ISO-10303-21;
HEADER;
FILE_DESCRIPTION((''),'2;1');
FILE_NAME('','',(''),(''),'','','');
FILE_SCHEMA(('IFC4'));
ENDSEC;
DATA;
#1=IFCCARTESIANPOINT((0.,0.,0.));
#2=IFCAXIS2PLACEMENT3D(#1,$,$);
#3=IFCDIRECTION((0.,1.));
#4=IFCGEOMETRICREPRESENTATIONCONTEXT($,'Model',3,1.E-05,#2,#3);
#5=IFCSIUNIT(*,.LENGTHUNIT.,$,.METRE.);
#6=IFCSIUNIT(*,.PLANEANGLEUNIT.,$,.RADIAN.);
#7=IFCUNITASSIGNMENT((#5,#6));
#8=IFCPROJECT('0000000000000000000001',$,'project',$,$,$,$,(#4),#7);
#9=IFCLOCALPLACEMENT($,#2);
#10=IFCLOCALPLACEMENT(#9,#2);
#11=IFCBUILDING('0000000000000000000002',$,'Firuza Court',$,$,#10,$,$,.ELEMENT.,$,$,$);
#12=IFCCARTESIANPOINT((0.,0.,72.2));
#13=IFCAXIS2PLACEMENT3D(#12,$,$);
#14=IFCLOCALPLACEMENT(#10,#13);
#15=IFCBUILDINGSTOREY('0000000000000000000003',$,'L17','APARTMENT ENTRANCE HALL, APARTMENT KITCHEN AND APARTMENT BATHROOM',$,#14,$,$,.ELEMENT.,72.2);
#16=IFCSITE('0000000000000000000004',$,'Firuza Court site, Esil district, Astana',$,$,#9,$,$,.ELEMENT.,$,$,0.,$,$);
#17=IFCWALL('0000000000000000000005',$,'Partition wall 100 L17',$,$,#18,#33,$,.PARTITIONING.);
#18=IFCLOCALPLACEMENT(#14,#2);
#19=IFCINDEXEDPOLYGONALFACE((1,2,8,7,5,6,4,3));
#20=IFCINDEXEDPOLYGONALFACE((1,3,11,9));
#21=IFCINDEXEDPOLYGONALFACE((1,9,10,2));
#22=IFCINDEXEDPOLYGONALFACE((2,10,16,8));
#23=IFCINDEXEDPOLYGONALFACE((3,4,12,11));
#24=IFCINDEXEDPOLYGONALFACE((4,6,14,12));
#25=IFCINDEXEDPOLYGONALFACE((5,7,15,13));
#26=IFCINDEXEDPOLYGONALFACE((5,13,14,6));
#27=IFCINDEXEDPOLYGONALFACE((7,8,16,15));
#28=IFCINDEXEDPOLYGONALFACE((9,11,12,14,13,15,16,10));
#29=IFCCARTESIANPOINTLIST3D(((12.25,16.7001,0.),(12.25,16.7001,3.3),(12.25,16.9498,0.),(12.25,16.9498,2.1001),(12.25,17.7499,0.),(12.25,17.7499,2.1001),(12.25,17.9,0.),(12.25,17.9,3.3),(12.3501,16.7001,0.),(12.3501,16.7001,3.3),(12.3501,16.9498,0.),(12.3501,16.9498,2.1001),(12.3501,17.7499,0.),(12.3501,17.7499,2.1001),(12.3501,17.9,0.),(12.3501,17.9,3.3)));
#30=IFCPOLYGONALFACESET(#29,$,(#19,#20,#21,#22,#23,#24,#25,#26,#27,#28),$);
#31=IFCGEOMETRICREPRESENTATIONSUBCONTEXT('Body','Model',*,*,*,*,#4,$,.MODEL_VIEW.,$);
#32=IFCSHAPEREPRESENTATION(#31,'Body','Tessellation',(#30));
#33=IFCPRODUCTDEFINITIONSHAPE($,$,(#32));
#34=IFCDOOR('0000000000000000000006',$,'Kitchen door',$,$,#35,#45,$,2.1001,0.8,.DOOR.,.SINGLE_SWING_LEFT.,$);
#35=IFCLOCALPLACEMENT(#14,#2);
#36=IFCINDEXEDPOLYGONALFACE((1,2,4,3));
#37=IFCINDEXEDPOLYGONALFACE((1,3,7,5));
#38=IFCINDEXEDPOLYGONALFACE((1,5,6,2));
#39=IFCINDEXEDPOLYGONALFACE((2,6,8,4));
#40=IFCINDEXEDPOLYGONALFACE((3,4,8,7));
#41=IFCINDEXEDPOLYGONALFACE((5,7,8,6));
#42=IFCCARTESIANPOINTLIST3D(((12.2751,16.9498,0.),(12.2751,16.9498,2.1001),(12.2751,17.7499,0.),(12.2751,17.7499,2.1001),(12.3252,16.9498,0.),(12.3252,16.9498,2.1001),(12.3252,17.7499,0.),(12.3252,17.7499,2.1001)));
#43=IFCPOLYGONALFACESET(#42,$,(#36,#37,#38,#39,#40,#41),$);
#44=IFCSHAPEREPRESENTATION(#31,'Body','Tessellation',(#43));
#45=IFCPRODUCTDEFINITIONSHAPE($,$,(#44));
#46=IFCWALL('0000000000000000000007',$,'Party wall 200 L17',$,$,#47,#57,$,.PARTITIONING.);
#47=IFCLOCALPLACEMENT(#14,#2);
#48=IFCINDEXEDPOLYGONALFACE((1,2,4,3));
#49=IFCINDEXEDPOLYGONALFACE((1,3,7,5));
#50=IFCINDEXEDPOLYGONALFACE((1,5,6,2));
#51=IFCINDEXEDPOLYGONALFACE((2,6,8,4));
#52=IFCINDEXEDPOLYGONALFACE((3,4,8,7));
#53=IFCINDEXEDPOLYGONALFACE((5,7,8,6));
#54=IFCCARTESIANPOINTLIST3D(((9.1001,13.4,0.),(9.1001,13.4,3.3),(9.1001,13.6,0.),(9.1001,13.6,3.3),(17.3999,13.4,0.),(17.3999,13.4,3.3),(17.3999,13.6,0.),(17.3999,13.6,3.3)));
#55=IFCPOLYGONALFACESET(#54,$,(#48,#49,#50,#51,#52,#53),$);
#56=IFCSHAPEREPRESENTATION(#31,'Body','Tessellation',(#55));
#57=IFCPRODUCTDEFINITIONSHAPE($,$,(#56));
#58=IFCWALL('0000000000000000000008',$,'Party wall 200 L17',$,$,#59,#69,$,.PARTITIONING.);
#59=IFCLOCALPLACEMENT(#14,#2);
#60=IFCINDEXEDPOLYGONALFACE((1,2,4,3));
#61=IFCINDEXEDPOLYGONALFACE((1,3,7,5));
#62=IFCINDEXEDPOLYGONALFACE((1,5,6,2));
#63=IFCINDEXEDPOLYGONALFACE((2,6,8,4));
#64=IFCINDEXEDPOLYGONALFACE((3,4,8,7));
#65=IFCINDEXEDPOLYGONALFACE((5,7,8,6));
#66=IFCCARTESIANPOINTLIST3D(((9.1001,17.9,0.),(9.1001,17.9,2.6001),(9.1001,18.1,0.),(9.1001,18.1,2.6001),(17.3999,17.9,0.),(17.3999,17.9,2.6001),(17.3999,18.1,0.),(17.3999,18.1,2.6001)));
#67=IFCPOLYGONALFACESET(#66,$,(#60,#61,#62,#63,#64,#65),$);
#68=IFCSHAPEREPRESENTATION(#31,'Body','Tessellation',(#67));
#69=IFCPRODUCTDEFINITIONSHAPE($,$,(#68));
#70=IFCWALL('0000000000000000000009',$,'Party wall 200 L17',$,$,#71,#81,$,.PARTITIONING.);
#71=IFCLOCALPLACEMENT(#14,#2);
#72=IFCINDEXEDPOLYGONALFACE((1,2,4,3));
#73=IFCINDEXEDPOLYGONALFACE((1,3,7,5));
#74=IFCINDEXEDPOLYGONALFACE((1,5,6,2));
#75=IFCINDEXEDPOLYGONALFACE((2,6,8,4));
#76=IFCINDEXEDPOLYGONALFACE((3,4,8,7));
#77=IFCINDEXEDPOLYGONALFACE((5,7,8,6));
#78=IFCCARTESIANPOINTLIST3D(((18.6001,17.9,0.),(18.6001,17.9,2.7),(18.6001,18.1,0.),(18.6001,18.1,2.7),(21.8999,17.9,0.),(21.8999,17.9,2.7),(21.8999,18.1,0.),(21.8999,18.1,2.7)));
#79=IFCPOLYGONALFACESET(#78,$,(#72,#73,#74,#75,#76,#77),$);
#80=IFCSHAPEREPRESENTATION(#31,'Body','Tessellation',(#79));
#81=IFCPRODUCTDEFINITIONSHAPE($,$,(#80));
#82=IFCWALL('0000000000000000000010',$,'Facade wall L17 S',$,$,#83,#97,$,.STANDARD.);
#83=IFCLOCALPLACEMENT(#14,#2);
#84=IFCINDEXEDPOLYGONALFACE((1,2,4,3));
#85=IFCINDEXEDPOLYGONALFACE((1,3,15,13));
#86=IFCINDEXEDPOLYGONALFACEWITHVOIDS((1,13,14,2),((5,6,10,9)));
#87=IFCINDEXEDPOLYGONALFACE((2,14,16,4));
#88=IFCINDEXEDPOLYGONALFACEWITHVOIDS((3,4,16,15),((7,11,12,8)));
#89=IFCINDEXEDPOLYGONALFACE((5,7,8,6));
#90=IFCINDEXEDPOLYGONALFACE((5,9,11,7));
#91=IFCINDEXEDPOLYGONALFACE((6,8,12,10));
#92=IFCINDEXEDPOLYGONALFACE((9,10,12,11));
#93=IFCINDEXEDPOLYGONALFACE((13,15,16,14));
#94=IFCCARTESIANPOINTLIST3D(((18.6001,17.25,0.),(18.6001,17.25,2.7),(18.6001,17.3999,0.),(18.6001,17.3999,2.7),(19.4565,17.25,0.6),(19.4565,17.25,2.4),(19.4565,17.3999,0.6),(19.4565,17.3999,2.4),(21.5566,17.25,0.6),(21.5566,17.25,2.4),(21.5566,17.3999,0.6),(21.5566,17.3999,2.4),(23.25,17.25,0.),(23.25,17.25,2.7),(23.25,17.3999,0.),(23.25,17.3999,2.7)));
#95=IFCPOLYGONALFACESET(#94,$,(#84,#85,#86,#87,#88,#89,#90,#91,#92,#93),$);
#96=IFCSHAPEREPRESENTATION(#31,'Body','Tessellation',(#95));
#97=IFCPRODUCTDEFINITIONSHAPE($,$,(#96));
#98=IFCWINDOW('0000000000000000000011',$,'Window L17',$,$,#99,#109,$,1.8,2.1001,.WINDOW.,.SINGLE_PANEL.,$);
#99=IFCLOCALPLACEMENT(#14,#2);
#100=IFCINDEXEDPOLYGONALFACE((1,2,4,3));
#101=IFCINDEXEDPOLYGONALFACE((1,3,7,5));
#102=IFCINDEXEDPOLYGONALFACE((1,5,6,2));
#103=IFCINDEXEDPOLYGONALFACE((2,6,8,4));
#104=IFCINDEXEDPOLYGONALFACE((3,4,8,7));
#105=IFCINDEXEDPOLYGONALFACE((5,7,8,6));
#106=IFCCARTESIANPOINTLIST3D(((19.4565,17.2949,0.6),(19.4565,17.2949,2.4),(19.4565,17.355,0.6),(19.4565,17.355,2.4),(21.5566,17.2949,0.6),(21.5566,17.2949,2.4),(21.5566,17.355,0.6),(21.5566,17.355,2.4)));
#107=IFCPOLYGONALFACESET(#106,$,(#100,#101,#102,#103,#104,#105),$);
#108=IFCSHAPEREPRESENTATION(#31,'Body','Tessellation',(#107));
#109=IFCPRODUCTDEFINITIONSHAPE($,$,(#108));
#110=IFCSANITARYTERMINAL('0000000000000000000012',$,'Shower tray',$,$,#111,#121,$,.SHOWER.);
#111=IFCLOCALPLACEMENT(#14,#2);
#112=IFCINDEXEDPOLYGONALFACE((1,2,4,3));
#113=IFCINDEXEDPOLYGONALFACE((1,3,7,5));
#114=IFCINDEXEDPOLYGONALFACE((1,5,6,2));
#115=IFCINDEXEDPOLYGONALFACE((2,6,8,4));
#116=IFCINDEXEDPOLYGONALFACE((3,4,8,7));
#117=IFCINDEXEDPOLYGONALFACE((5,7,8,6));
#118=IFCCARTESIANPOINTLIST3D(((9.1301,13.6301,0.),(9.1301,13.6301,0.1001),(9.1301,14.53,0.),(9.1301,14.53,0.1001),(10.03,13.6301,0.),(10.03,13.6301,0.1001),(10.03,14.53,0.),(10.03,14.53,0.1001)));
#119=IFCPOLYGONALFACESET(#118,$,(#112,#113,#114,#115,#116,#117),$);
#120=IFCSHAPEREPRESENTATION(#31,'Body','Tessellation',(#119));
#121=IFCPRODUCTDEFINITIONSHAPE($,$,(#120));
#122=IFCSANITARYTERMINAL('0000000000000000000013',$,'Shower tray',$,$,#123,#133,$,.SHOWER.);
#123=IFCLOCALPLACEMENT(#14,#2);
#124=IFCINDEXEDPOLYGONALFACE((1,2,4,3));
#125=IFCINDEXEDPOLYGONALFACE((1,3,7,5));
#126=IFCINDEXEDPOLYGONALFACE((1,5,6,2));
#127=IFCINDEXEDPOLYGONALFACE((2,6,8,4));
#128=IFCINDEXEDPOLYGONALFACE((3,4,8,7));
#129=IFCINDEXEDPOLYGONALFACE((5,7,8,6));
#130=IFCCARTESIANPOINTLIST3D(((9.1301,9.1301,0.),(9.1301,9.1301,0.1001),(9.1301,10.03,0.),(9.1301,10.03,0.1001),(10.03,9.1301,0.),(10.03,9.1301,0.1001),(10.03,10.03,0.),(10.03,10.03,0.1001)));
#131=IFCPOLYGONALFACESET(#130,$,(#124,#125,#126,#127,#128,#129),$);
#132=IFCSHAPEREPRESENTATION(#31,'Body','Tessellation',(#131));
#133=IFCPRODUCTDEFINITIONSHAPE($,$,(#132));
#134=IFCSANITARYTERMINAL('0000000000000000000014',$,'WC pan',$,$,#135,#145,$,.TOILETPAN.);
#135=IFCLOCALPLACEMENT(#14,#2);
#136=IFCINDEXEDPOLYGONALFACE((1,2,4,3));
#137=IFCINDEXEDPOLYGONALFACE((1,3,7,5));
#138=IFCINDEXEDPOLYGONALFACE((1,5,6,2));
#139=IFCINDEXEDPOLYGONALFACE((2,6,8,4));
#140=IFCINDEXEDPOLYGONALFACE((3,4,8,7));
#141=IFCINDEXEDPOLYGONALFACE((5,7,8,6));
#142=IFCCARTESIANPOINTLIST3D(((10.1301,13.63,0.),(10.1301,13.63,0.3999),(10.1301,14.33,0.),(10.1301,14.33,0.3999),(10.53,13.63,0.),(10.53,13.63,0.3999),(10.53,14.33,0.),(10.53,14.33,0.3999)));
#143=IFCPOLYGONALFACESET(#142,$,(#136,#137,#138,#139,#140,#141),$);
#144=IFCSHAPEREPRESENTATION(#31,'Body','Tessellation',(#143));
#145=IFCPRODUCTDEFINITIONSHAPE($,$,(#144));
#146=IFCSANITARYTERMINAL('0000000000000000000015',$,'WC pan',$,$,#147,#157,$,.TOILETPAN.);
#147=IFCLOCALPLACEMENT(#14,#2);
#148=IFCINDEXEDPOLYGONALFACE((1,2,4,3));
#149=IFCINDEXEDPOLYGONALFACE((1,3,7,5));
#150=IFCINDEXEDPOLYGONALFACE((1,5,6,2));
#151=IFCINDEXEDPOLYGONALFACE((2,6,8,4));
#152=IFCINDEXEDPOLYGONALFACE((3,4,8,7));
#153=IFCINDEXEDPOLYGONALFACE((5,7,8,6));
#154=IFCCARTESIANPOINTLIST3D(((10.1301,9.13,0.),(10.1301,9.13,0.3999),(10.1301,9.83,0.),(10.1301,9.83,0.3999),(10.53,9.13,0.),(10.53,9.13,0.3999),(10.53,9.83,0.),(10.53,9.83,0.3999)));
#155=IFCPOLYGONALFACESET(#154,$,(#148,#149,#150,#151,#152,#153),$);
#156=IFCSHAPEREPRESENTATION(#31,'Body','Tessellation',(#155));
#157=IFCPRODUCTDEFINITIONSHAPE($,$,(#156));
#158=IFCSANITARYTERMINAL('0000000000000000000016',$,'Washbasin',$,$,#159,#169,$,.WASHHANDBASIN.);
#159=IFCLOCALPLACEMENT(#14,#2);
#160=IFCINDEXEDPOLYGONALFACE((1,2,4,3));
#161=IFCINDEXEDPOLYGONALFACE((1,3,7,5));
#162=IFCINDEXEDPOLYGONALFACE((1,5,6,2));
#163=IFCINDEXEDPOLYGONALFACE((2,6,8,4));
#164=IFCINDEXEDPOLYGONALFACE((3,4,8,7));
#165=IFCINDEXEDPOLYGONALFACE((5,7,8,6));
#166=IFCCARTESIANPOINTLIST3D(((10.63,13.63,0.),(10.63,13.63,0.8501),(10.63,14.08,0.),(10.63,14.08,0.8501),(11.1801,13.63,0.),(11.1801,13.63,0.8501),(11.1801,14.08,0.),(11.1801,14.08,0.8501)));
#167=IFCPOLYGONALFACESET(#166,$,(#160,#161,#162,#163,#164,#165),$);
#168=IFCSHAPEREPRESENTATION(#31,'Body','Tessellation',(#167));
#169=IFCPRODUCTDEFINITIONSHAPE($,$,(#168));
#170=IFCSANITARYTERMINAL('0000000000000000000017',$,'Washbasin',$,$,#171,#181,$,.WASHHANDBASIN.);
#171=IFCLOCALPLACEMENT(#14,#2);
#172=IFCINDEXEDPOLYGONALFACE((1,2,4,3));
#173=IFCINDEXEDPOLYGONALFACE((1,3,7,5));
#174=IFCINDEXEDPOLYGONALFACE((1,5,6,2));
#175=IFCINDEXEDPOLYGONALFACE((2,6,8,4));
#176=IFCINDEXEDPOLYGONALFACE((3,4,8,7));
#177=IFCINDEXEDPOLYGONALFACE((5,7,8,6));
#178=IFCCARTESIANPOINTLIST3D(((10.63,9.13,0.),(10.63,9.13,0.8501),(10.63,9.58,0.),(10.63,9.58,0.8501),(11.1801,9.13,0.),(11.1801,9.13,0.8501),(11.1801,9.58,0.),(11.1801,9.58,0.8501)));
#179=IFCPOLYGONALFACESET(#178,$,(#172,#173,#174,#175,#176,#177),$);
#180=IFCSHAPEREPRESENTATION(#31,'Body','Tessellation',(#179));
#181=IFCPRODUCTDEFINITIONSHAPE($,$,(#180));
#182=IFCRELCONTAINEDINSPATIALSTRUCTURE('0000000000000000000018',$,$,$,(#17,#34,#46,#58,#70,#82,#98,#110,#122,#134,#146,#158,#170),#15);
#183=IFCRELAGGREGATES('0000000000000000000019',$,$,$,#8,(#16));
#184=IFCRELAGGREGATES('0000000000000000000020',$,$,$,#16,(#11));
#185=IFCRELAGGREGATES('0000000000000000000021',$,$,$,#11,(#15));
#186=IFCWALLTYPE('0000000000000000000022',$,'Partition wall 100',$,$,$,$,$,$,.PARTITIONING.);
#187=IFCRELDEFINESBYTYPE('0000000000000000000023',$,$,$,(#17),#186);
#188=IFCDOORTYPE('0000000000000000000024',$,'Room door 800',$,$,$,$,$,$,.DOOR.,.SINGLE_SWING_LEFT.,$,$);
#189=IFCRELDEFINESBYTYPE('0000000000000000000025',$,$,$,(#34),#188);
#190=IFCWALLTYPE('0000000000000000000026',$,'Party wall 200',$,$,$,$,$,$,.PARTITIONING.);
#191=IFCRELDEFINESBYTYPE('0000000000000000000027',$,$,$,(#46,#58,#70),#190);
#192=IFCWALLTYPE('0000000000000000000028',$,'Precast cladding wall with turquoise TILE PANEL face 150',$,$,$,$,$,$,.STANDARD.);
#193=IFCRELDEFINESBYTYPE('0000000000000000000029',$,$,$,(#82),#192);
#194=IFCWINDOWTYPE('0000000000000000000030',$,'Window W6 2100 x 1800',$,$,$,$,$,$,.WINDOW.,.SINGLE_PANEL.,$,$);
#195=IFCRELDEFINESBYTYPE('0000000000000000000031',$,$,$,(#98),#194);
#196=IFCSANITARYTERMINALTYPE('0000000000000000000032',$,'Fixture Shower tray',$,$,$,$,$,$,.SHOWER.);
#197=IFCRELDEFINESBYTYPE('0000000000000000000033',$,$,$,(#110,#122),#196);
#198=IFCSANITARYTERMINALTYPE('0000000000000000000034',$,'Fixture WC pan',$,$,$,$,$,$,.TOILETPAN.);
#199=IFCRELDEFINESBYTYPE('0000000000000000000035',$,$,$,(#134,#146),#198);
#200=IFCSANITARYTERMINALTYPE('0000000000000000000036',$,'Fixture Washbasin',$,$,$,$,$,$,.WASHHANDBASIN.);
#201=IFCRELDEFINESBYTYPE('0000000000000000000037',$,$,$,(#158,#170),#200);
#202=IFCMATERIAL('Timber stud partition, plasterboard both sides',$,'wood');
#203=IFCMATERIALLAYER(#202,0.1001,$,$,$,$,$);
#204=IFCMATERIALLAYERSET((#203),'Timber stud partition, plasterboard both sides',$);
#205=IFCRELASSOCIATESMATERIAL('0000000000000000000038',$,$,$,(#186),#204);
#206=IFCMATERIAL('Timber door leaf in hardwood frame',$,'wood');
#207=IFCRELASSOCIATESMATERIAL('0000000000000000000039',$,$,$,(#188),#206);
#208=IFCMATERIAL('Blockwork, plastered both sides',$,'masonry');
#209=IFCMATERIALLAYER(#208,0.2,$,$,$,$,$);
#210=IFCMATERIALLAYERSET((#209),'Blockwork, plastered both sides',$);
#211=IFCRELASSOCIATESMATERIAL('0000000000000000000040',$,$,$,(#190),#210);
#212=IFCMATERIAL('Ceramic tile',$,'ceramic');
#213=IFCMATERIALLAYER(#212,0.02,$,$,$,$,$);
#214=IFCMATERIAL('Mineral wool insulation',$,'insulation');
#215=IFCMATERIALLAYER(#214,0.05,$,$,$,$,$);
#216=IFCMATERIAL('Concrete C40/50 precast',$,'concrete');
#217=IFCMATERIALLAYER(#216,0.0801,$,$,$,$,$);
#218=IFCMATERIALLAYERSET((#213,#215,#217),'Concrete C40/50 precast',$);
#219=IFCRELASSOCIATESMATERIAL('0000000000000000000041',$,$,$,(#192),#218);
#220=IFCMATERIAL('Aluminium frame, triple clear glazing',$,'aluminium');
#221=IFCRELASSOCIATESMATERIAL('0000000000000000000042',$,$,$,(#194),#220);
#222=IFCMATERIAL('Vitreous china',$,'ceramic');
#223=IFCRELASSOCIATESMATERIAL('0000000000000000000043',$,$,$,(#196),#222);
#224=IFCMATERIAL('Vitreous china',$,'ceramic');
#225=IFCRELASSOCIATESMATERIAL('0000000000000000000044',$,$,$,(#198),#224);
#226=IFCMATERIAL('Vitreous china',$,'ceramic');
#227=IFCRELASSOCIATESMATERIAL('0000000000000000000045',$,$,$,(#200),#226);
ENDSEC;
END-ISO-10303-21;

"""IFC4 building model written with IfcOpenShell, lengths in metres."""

from ifc_helpers import new_model, si_unit, direction, frame, frame_2d, origin, origin_2d, place, context, subcontext, project, spatial, rectangle, extrude, material, layer, layer_set, type_object, element, fill, save


model = new_model("IFC4")

# Units and contexts
model_context = context("Model", 3, precision=1e-05, world=origin(), true_north=direction((0.0, 1.0)))
body_context = subcontext(model_context, "Body", "Model", "MODEL_VIEW")
ifc_project = project(units=[si_unit("LENGTHUNIT", "METRE"), si_unit("PLANEANGLEUNIT", "RADIAN")], contexts=[model_context])

# Site, building, storey
site_placement = place(None, origin())
site = spatial("IfcSite", under=ifc_project, at=site_placement, Name="Firuza Court site, Esil district, Astana", CompositionType="ELEMENT", RefElevation=0.0)
building_placement = place(site_placement, origin())
building = spatial("IfcBuilding", under=site, at=building_placement, Name="Firuza Court", CompositionType="ELEMENT")
storey_placement = place(building_placement, frame((0.0, 0.0, 72.2)))
storey = spatial("IfcBuildingStorey", under=building, at=storey_placement, Name="L17", Description="APARTMENT ENTRANCE HALL, APARTMENT KITCHEN AND APARTMENT BATHROOM", CompositionType="ELEMENT", Elevation=72.2)

# Shared definitions
ifc_material_1 = material(Name="Timber stud partition, plasterboard both sides", Category="wood")
ifc_layer_1 = layer(ifc_material_1, 0.1001)
ifc_layer_set_1 = layer_set([ifc_layer_1], Name="Timber stud partition, plasterboard both sides")
wall_type_1 = type_object("IfcWallType", Name="Partition wall 100", PredefinedType="PARTITIONING", material=ifc_layer_set_1)

# Shared definitions
ifc_material_2 = material(Name="Timber door leaf in hardwood frame", Category="wood")
door_type_1 = type_object("IfcDoorType", Name="Room door 800", OperationType="SINGLE_SWING_LEFT", PredefinedType="DOOR", material=ifc_material_2)

# Wall, opening, door
wall_1_placement = place(storey_placement, frame((12.3, 16.7, 0.0), z_axis=(0.0, 0.0, 1.0), x_axis=(0.0, 1.0, 0.0)))
wall_1 = element("IfcWall", 1, at=wall_1_placement, inside=storey, type_object=wall_type_1, Name="Partition wall 100 L17", PredefinedType="PARTITIONING", context=body_context, shape_type="SweptSolid", body=[
    extrude(rectangle(XDim=1.2, YDim=0.1001, at=frame_2d((0.6001, 0.0))), origin(), (0.0, 0.0, 1.0), 3.3),
])
opening_1_placement = place(wall_1_placement, frame((0.25, 0.0, 0.0)))
opening_1 = element("IfcOpeningElement", 2, at=opening_1_placement, cuts=wall_1, PredefinedType="OPENING", context=body_context, shape_type="SweptSolid", body=[
    extrude(rectangle(XDim=0.8, YDim=2.1001, at=frame_2d((0.3999, 1.05))), frame((0.0, 0.062, 0.0), z_axis=(0.0, -1.0, 0.0), x_axis=(1.0, 0.0, 0.0)), (0.0, 0.0, 1.0), 0.124),
])
door_1_placement = place(opening_1_placement, origin())
door_1 = element("IfcDoor", 3, at=door_1_placement, inside=storey, type_object=door_type_1, Name="Kitchen door", OperationType="SINGLE_SWING_LEFT", OverallHeight=2.1001, OverallWidth=0.8, PredefinedType="DOOR", context=body_context, shape_type="SweptSolid", body=[
    extrude(rectangle(XDim=0.8, YDim=2.1001, at=frame_2d((0.3999, 1.05))), frame((0.0, 0.0249, 0.0), z_axis=(0.0, -1.0, 0.0), x_axis=(1.0, 0.0, 0.0)), (0.0, 0.0, 1.0), 0.05),
])
fill(opening_1, door_1)

# Walls
ifc_material_3 = material(Name="Blockwork, plastered both sides", Category="masonry")
ifc_layer_2 = layer(ifc_material_3, 0.2)
ifc_layer_set_2 = layer_set([ifc_layer_2], Name="Blockwork, plastered both sides")
wall_type_2 = type_object("IfcWallType", Name="Party wall 200", PredefinedType="PARTITIONING", material=ifc_layer_set_2)
wall_2_placement = place(storey_placement, frame((9.1001, 13.5, 0.0), z_axis=(0.0, 0.0, 1.0), x_axis=(1.0, 0.0, 0.0)))
element("IfcWall", 4, at=wall_2_placement, inside=storey, type_object=wall_type_2, Name="Party wall 200 L17", PredefinedType="PARTITIONING", context=body_context, shape_type="SweptSolid", body=[
    extrude(rectangle(XDim=8.2998, YDim=0.2, at=frame_2d((4.1499, 0.0))), origin(), (0.0, 0.0, 1.0), 3.3),
])
wall_3_placement = place(storey_placement, frame((9.1001, 18.0, 0.0), z_axis=(0.0, 0.0, 1.0), x_axis=(1.0, 0.0, 0.0)))
element("IfcWall", 5, at=wall_3_placement, inside=storey, type_object=wall_type_2, Name="Party wall 200 L17", PredefinedType="PARTITIONING", context=body_context, shape_type="SweptSolid", body=[
    extrude(rectangle(XDim=8.2998, YDim=0.2, at=frame_2d((4.1499, 0.0))), origin(), (0.0, 0.0, 1.0), 2.6001),
])
wall_4_placement = place(storey_placement, frame((18.6001, 18.0, 0.0), z_axis=(0.0, 0.0, 1.0), x_axis=(1.0, 0.0, 0.0)))
element("IfcWall", 6, at=wall_4_placement, inside=storey, type_object=wall_type_2, Name="Party wall 200 L17", PredefinedType="PARTITIONING", context=body_context, shape_type="SweptSolid", body=[
    extrude(rectangle(XDim=3.2998, YDim=0.2, at=frame_2d((1.6499, 0.0))), origin(), (0.0, 0.0, 1.0), 2.7),
])

# Wall, opening, window
ifc_material_4 = material(Name="Ceramic tile", Category="ceramic")
ifc_layer_3 = layer(ifc_material_4, 0.02)
ifc_material_5 = material(Name="Mineral wool insulation", Category="insulation")
ifc_layer_4 = layer(ifc_material_5, 0.05)
ifc_material_6 = material(Name="Concrete C40/50 precast", Category="concrete")
ifc_layer_5 = layer(ifc_material_6, 0.0801)
ifc_layer_set_3 = layer_set([ifc_layer_3, ifc_layer_4, ifc_layer_5], Name="Concrete C40/50 precast")
wall_type_3 = type_object("IfcWallType", Name="Precast cladding wall with turquoise TILE PANEL face 150", PredefinedType="STANDARD", material=ifc_layer_set_3)
wall_5_placement = place(storey_placement, frame((18.6001, 17.325, 0.0), z_axis=(0.0, 0.0, 1.0), x_axis=(1.0, 0.0, 0.0)))
wall_5 = element("IfcWall", 7, at=wall_5_placement, inside=storey, type_object=wall_type_3, Name="Facade wall L17 S", PredefinedType="STANDARD", context=body_context, shape_type="SweptSolid", body=[
    extrude(rectangle(XDim=4.6499, YDim=0.1499, at=frame_2d((2.325, 0.0))), origin(), (0.0, 0.0, 1.0), 2.7),
])
opening_2_placement = place(wall_5_placement, frame((0.8564, 0.0, 0.6001)))
opening_2 = element("IfcOpeningElement", 8, at=opening_2_placement, cuts=wall_5, PredefinedType="OPENING", context=body_context, shape_type="SweptSolid", body=[
    extrude(rectangle(XDim=2.1001, YDim=1.8, at=frame_2d((1.05, 0.8999))), frame((0.0, 0.0869, 0.0), z_axis=(0.0, -1.0, 0.0), x_axis=(1.0, 0.0, 0.0)), (0.0, 0.0, 1.0), 0.1738),
])
ifc_material_7 = material(Name="Aluminium frame, triple clear glazing", Category="aluminium")
window_type = type_object("IfcWindowType", Name="Window W6 2100 x 1800", PartitioningType="SINGLE_PANEL", PredefinedType="WINDOW", material=ifc_material_7)
window_placement = place(opening_2_placement, origin())
window = element("IfcWindow", 9, at=window_placement, inside=storey, type_object=window_type, Name="Window L17", OverallHeight=1.8, OverallWidth=2.1001, PartitioningType="SINGLE_PANEL", PredefinedType="WINDOW", context=body_context, shape_type="SweptSolid", body=[
    extrude(rectangle(XDim=2.1001, YDim=1.8, at=frame_2d((1.05, 0.8999))), frame((0.0, 0.03, 0.0), z_axis=(0.0, -1.0, 0.0), x_axis=(1.0, 0.0, 0.0)), (0.0, 0.0, 1.0), 0.0601),
])
fill(opening_2, window)

# Sanitary terminals
ifc_material_8 = material(Name="Vitreous china", Category="ceramic")
sanitary_terminal_type_1 = type_object("IfcSanitaryTerminalType", Name="Fixture Shower tray", PredefinedType="SHOWER", material=ifc_material_8)
for number, where, z_axis, x_axis, name in (
    (10, (9.5801, 14.0801, 0.0), (0.0, 0.0, 1.0), (1.0, 0.0, 0.0), "Shower tray"),
    (11, (9.5801, 9.5801, 0.0), (0.0, 0.0, 1.0), (1.0, 0.0, 0.0), "Shower tray"),
):
    element("IfcSanitaryTerminal", number, at=place(storey_placement, frame(where, z_axis=z_axis, x_axis=x_axis)), inside=storey, type_object=sanitary_terminal_type_1, Name=name, PredefinedType="SHOWER", context=body_context, shape_type="SweptSolid", body=[
        extrude(rectangle(XDim=0.8999, YDim=0.8999, at=origin_2d()), origin(), (0.0, 0.0, 1.0), 0.1001),
    ])
ifc_material_9 = material(Name="Vitreous china", Category="ceramic")
sanitary_terminal_type_2 = type_object("IfcSanitaryTerminalType", Name="Fixture WC pan", PredefinedType="TOILETPAN", material=ifc_material_9)
for number, where, z_axis, x_axis, name in (
    (12, (10.3301, 13.98, 0.0), (0.0, 0.0, 1.0), (1.0, 0.0, 0.0), "WC pan"),
    (13, (10.3301, 9.48, 0.0), (0.0, 0.0, 1.0), (1.0, 0.0, 0.0), "WC pan"),
):
    element("IfcSanitaryTerminal", number, at=place(storey_placement, frame(where, z_axis=z_axis, x_axis=x_axis)), inside=storey, type_object=sanitary_terminal_type_2, Name=name, PredefinedType="TOILETPAN", context=body_context, shape_type="SweptSolid", body=[
        extrude(rectangle(XDim=0.3999, YDim=0.7, at=origin_2d()), origin(), (0.0, 0.0, 1.0), 0.3999),
    ])
ifc_material_10 = material(Name="Vitreous china", Category="ceramic")
sanitary_terminal_type_3 = type_object("IfcSanitaryTerminalType", Name="Fixture Washbasin", PredefinedType="WASHHANDBASIN", material=ifc_material_10)
for number, where, z_axis, x_axis, name in (
    (14, (10.905, 13.855, 0.0), (0.0, 0.0, 1.0), (1.0, 0.0, 0.0), "Washbasin"),
    (15, (10.905, 9.355, 0.0), (0.0, 0.0, 1.0), (1.0, 0.0, 0.0), "Washbasin"),
):
    element("IfcSanitaryTerminal", number, at=place(storey_placement, frame(where, z_axis=z_axis, x_axis=x_axis)), inside=storey, type_object=sanitary_terminal_type_3, Name=name, PredefinedType="WASHHANDBASIN", context=body_context, shape_type="SweptSolid", body=[
        extrude(rectangle(XDim=0.55, YDim=0.45, at=origin_2d()), origin(), (0.0, 0.0, 1.0), 0.8501),
    ])

save(model, "model.ifc")
